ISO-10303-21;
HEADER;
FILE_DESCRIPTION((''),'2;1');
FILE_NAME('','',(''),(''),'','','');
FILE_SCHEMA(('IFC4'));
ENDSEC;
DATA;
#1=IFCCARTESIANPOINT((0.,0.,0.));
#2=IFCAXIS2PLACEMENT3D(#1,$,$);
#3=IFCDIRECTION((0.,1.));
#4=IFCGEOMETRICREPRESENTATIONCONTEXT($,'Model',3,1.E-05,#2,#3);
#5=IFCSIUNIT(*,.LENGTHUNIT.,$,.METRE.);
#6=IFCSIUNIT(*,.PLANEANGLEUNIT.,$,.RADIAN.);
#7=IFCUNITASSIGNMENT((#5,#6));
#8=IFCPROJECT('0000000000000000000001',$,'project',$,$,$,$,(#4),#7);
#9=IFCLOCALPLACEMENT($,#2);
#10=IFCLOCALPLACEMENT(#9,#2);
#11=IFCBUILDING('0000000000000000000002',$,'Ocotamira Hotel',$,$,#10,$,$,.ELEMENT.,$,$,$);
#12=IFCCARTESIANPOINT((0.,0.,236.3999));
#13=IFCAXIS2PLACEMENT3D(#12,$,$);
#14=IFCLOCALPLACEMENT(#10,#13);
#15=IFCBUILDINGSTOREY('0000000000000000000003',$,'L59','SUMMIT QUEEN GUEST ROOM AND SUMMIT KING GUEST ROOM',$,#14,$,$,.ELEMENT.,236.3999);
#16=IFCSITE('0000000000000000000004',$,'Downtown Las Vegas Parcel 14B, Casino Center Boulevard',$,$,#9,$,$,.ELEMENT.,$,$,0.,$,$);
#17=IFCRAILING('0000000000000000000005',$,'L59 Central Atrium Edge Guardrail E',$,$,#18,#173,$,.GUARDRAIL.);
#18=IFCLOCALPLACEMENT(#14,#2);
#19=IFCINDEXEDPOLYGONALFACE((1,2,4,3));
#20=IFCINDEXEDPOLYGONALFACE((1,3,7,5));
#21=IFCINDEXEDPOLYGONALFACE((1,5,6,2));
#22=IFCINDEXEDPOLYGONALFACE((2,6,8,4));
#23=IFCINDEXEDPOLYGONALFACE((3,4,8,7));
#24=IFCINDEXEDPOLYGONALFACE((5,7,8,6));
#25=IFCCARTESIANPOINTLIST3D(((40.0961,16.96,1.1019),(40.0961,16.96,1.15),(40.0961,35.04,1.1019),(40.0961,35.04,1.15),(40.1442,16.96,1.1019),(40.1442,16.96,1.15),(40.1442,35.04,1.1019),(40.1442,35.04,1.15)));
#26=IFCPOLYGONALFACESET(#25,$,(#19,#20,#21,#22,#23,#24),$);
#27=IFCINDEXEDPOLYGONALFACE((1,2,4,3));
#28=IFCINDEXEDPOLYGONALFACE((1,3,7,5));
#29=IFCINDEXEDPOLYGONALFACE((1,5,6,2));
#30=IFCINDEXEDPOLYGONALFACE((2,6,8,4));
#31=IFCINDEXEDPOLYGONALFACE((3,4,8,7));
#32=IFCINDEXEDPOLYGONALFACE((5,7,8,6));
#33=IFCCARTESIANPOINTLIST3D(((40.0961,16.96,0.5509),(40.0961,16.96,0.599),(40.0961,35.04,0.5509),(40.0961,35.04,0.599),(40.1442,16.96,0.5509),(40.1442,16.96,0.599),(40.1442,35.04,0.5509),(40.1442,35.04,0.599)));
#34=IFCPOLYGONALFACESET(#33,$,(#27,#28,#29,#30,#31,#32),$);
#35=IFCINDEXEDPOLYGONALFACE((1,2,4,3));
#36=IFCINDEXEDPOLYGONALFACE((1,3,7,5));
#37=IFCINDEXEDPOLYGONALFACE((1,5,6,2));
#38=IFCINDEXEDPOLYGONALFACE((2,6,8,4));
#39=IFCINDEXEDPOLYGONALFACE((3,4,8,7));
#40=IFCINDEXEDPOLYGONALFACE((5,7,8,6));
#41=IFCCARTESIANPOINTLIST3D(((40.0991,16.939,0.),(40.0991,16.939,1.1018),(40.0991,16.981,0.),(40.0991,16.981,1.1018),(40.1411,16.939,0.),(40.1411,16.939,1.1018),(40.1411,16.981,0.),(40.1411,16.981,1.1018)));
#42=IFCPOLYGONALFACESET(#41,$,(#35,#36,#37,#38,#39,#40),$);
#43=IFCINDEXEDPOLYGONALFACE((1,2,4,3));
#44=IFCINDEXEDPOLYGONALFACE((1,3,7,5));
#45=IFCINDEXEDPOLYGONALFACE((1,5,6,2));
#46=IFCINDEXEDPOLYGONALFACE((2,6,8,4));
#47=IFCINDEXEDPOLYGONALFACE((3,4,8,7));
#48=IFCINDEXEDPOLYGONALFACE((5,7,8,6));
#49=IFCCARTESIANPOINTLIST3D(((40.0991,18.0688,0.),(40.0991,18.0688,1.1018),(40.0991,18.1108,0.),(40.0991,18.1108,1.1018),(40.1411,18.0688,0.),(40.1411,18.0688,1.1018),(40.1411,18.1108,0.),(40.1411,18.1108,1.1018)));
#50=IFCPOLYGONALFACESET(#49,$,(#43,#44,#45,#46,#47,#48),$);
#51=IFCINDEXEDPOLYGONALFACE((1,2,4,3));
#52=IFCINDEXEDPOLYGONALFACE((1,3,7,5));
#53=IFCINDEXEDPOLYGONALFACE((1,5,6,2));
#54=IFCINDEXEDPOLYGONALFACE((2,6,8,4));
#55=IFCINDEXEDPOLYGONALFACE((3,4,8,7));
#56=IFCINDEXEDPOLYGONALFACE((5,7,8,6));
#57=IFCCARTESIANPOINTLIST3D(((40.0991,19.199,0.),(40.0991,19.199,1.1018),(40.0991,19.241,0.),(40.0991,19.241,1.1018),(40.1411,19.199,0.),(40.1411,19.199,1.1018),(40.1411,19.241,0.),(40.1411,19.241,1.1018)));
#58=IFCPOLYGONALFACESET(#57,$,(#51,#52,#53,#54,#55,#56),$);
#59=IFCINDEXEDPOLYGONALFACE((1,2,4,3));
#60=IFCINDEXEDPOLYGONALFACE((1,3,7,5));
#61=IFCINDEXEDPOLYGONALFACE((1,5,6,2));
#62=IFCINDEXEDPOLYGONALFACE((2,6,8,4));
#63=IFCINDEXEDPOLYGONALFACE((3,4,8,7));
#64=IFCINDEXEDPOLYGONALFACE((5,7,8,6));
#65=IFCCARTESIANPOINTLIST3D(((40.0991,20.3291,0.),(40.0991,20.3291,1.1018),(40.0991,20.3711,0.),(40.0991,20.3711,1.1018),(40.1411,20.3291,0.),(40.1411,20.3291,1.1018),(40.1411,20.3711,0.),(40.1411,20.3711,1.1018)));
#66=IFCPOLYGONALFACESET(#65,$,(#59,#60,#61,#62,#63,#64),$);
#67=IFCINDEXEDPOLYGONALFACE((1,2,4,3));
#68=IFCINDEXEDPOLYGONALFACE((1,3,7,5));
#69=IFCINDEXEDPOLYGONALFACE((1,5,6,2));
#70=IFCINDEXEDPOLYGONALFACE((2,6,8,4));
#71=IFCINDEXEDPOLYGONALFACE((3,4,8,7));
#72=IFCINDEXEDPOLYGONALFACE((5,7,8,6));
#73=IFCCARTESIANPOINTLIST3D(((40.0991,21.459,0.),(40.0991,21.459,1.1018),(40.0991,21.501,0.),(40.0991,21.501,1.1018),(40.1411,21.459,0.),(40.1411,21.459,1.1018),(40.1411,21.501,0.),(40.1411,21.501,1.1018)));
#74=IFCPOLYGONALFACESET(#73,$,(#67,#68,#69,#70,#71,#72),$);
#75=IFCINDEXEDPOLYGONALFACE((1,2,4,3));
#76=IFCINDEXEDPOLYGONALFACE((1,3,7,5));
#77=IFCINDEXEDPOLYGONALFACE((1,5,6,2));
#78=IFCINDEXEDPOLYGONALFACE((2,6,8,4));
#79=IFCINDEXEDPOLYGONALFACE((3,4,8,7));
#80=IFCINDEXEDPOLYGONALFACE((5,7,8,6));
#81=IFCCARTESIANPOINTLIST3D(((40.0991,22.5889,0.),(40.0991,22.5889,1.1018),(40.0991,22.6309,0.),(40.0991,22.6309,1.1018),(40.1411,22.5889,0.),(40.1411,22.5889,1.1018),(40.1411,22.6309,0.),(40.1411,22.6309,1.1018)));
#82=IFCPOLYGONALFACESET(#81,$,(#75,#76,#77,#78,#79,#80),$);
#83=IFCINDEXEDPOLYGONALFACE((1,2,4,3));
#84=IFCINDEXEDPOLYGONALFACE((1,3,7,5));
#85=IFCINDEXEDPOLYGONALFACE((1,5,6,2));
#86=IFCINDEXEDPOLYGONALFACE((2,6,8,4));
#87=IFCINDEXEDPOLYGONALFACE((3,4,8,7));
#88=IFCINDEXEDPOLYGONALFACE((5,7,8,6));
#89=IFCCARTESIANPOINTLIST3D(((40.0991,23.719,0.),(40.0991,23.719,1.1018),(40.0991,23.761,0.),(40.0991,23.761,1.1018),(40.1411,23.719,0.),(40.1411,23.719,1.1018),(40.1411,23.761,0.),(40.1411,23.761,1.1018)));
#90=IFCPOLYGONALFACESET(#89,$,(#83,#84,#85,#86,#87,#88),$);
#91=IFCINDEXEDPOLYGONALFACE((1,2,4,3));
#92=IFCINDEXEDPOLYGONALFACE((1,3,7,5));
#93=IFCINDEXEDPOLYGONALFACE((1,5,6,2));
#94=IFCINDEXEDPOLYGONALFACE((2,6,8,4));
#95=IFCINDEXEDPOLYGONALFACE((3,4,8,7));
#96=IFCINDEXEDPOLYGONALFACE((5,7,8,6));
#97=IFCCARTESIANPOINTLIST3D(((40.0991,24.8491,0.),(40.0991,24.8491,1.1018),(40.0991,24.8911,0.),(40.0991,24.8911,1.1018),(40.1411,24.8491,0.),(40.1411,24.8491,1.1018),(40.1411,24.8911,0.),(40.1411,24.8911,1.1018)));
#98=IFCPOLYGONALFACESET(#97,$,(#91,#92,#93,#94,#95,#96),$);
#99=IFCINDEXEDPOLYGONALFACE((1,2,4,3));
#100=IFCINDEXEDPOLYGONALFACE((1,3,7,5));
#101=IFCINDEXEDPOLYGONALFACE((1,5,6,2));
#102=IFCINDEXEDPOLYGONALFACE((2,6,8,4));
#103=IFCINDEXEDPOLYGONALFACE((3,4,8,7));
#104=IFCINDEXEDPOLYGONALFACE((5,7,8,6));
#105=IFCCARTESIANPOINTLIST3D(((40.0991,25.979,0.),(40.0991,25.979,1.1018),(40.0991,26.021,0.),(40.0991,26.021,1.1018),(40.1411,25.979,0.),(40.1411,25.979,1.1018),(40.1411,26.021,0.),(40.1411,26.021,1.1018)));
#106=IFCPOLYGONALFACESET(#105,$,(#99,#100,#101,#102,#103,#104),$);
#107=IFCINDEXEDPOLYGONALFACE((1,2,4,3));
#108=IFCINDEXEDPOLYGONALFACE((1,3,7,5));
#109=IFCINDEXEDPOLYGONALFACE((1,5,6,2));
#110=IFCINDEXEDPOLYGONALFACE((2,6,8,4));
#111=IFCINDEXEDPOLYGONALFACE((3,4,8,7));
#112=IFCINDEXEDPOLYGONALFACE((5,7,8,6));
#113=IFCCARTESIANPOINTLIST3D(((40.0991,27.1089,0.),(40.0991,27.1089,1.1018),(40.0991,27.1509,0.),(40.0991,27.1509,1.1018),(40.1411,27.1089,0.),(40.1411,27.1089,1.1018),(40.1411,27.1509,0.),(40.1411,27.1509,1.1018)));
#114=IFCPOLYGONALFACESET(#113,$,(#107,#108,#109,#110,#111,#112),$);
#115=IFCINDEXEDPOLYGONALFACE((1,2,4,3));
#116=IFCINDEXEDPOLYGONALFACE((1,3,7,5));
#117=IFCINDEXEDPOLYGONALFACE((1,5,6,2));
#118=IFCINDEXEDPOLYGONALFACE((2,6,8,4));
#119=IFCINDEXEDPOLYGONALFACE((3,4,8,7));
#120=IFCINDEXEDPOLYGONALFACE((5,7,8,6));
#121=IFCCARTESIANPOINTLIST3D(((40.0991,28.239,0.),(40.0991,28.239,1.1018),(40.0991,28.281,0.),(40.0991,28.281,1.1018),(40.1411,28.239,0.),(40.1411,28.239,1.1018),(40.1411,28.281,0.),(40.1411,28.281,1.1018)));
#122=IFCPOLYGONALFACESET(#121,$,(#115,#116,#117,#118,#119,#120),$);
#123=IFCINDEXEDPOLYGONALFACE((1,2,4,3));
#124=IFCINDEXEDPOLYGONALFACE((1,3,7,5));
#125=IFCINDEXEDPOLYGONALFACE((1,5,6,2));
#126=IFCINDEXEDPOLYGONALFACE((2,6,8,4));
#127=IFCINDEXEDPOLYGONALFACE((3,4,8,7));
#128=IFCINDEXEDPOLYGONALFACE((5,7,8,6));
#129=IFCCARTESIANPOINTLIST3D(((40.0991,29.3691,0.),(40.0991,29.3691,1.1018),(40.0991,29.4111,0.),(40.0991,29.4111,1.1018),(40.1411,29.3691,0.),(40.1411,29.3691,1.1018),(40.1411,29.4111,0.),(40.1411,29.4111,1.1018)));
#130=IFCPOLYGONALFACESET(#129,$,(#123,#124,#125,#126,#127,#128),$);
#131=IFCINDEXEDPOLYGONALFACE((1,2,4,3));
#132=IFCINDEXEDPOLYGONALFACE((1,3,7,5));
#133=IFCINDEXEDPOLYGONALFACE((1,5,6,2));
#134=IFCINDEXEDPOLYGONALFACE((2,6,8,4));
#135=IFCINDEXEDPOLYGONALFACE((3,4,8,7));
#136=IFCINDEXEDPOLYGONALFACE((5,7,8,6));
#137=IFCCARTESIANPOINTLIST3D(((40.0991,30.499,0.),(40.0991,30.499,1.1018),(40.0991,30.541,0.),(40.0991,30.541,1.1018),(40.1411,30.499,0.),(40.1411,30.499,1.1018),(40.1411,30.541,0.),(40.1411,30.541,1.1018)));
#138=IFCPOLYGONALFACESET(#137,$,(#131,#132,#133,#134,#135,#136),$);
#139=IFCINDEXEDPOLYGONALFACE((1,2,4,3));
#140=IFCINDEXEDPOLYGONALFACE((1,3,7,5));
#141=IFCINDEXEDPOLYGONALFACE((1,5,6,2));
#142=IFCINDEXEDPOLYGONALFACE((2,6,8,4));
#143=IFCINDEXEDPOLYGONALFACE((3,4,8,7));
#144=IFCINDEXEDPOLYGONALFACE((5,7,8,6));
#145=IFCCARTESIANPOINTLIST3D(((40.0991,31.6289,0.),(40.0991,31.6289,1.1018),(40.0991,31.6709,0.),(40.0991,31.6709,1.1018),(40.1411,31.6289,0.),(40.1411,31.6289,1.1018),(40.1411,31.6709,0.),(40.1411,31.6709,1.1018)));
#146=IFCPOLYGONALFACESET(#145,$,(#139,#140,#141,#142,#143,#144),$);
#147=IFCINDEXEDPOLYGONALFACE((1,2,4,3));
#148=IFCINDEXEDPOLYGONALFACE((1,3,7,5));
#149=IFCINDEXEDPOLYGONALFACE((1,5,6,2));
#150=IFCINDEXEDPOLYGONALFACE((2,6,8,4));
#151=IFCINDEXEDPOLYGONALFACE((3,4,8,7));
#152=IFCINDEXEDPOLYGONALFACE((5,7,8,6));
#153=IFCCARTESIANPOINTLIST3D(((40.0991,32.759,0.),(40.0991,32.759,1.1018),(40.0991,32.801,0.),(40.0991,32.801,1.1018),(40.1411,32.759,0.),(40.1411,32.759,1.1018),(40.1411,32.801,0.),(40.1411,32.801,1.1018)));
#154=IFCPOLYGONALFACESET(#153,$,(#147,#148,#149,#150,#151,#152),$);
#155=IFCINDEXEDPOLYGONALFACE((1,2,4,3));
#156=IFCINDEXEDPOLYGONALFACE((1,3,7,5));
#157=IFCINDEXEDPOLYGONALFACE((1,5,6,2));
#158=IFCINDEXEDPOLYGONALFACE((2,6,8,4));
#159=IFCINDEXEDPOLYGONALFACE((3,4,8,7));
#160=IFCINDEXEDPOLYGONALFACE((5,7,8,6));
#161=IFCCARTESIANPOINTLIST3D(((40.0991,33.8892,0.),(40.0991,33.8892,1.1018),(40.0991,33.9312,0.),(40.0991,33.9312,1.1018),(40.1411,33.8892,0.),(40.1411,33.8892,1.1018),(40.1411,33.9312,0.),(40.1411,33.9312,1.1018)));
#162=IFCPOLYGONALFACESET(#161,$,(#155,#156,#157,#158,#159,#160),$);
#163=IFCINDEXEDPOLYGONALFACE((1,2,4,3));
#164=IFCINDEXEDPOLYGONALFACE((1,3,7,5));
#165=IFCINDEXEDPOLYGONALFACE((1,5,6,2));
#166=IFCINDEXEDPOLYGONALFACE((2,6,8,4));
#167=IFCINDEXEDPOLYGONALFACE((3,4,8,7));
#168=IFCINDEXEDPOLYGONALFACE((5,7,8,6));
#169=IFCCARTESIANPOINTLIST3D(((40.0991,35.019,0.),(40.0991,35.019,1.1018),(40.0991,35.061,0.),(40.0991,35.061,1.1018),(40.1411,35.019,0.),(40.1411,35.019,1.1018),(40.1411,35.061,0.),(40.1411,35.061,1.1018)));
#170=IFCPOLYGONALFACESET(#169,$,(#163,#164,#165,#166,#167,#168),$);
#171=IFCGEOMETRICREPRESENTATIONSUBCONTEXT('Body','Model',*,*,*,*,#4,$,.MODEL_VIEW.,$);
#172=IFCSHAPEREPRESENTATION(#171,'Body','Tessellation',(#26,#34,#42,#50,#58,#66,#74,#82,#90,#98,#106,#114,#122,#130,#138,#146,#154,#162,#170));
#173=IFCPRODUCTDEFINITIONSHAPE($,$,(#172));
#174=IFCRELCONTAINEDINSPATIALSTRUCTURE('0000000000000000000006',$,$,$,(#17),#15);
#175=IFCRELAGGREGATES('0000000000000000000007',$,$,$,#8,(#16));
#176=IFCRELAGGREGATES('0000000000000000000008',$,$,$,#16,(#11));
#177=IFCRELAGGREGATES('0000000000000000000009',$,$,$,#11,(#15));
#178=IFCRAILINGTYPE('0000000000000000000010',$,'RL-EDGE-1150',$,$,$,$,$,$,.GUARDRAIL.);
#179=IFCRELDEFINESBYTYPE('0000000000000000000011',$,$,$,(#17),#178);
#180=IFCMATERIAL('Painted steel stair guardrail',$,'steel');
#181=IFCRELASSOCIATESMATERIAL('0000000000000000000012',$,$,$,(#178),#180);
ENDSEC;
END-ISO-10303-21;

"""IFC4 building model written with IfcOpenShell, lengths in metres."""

from ifc_helpers import new_model, si_unit, direction, frame, origin, origin_2d, place, context, subcontext, project, spatial, rectangle, extrude, material, type_object, element, save


model = new_model("IFC4")

# Units and contexts
model_context = context("Model", 3, precision=1e-05, world=origin(), true_north=direction((0.0, 1.0)))
body_context = subcontext(model_context, "Body", "Model", "MODEL_VIEW")
ifc_project = project(units=[si_unit("LENGTHUNIT", "METRE"), si_unit("PLANEANGLEUNIT", "RADIAN")], contexts=[model_context])

# Site, building, storey
site_placement = place(None, origin())
site = spatial("IfcSite", under=ifc_project, at=site_placement, Name="Downtown Las Vegas Parcel 14B, Casino Center Boulevard", CompositionType="ELEMENT", RefElevation=0.0)
building_placement = place(site_placement, origin())
building = spatial("IfcBuilding", under=site, at=building_placement, Name="Ocotamira Hotel", CompositionType="ELEMENT")
storey_placement = place(building_placement, frame((0.0, 0.0, 236.3999)))
storey = spatial("IfcBuildingStorey", under=building, at=storey_placement, Name="L59", Description="SUMMIT QUEEN GUEST ROOM AND SUMMIT KING GUEST ROOM", CompositionType="ELEMENT", Elevation=236.3999)

# Railing
ifc_material_1 = material(Name="Painted steel stair guardrail", Category="steel")
railing_type = type_object("IfcRailingType", Name="RL-EDGE-1150", PredefinedType="GUARDRAIL", material=ifc_material_1)
railing_1_placement = place(storey_placement, frame((40.1201, 16.96, 0.0)))
element("IfcRailing", 1, at=railing_1_placement, inside=storey, type_object=railing_type, Name="L59 Central Atrium Edge Guardrail E", PredefinedType="GUARDRAIL", context=body_context, shape_type="SweptSolid", body=[
    extrude(rectangle(XDim=0.0481, YDim=0.0481, at=origin_2d()), frame((0.0, 0.0, 1.126), z_axis=(0.0, 1.0, 0.0), x_axis=(-1.0, 0.0, 0.0)), (0.0, 0.0, 1.0), 18.0801),
    extrude(rectangle(XDim=0.0481, YDim=0.0481, at=origin_2d()), frame((0.0, 0.0, 0.575), z_axis=(0.0, 1.0, 0.0), x_axis=(-1.0, 0.0, 0.0)), (0.0, 0.0, 1.0), 18.0801),
    extrude(rectangle(XDim=0.042, YDim=0.042, at=origin_2d()), origin(), (0.0, 0.0, 1.0), 1.1018),
    extrude(rectangle(XDim=0.042, YDim=0.042, at=origin_2d()), frame((0.0, 1.1299, 0.0)), (0.0, 0.0, 1.0), 1.1018),
    extrude(rectangle(XDim=0.042, YDim=0.042, at=origin_2d()), frame((0.0, 2.26, 0.0)), (0.0, 0.0, 1.0), 1.1018),
    extrude(rectangle(XDim=0.042, YDim=0.042, at=origin_2d()), frame((0.0, 3.3901, 0.0)), (0.0, 0.0, 1.0), 1.1018),
    extrude(rectangle(XDim=0.042, YDim=0.042, at=origin_2d()), frame((0.0, 4.52, 0.0)), (0.0, 0.0, 1.0), 1.1018),
    extrude(rectangle(XDim=0.042, YDim=0.042, at=origin_2d()), frame((0.0, 5.6499, 0.0)), (0.0, 0.0, 1.0), 1.1018),
    extrude(rectangle(XDim=0.042, YDim=0.042, at=origin_2d()), frame((0.0, 6.78, 0.0)), (0.0, 0.0, 1.0), 1.1018),
    extrude(rectangle(XDim=0.042, YDim=0.042, at=origin_2d()), frame((0.0, 7.9102, 0.0)), (0.0, 0.0, 1.0), 1.1018),
    extrude(rectangle(XDim=0.042, YDim=0.042, at=origin_2d()), frame((0.0, 9.04, 0.0)), (0.0, 0.0, 1.0), 1.1018),
    extrude(rectangle(XDim=0.042, YDim=0.042, at=origin_2d()), frame((0.0, 10.1699, 0.0)), (0.0, 0.0, 1.0), 1.1018),
    extrude(rectangle(XDim=0.042, YDim=0.042, at=origin_2d()), frame((0.0, 11.3, 0.0)), (0.0, 0.0, 1.0), 1.1018),
    extrude(rectangle(XDim=0.042, YDim=0.042, at=origin_2d()), frame((0.0, 12.4302, 0.0)), (0.0, 0.0, 1.0), 1.1018),
    extrude(rectangle(XDim=0.042, YDim=0.042, at=origin_2d()), frame((0.0, 13.5601, 0.0)), (0.0, 0.0, 1.0), 1.1018),
    extrude(rectangle(XDim=0.042, YDim=0.042, at=origin_2d()), frame((0.0, 14.6899, 0.0)), (0.0, 0.0, 1.0), 1.1018),
    extrude(rectangle(XDim=0.042, YDim=0.042, at=origin_2d()), frame((0.0, 15.8201, 0.0)), (0.0, 0.0, 1.0), 1.1018),
    extrude(rectangle(XDim=0.042, YDim=0.042, at=origin_2d()), frame((0.0, 16.9502, 0.0)), (0.0, 0.0, 1.0), 1.1018),
    extrude(rectangle(XDim=0.042, YDim=0.042, at=origin_2d()), frame((0.0, 18.0801, 0.0)), (0.0, 0.0, 1.0), 1.1018),
])

save(model, "model.ifc")
